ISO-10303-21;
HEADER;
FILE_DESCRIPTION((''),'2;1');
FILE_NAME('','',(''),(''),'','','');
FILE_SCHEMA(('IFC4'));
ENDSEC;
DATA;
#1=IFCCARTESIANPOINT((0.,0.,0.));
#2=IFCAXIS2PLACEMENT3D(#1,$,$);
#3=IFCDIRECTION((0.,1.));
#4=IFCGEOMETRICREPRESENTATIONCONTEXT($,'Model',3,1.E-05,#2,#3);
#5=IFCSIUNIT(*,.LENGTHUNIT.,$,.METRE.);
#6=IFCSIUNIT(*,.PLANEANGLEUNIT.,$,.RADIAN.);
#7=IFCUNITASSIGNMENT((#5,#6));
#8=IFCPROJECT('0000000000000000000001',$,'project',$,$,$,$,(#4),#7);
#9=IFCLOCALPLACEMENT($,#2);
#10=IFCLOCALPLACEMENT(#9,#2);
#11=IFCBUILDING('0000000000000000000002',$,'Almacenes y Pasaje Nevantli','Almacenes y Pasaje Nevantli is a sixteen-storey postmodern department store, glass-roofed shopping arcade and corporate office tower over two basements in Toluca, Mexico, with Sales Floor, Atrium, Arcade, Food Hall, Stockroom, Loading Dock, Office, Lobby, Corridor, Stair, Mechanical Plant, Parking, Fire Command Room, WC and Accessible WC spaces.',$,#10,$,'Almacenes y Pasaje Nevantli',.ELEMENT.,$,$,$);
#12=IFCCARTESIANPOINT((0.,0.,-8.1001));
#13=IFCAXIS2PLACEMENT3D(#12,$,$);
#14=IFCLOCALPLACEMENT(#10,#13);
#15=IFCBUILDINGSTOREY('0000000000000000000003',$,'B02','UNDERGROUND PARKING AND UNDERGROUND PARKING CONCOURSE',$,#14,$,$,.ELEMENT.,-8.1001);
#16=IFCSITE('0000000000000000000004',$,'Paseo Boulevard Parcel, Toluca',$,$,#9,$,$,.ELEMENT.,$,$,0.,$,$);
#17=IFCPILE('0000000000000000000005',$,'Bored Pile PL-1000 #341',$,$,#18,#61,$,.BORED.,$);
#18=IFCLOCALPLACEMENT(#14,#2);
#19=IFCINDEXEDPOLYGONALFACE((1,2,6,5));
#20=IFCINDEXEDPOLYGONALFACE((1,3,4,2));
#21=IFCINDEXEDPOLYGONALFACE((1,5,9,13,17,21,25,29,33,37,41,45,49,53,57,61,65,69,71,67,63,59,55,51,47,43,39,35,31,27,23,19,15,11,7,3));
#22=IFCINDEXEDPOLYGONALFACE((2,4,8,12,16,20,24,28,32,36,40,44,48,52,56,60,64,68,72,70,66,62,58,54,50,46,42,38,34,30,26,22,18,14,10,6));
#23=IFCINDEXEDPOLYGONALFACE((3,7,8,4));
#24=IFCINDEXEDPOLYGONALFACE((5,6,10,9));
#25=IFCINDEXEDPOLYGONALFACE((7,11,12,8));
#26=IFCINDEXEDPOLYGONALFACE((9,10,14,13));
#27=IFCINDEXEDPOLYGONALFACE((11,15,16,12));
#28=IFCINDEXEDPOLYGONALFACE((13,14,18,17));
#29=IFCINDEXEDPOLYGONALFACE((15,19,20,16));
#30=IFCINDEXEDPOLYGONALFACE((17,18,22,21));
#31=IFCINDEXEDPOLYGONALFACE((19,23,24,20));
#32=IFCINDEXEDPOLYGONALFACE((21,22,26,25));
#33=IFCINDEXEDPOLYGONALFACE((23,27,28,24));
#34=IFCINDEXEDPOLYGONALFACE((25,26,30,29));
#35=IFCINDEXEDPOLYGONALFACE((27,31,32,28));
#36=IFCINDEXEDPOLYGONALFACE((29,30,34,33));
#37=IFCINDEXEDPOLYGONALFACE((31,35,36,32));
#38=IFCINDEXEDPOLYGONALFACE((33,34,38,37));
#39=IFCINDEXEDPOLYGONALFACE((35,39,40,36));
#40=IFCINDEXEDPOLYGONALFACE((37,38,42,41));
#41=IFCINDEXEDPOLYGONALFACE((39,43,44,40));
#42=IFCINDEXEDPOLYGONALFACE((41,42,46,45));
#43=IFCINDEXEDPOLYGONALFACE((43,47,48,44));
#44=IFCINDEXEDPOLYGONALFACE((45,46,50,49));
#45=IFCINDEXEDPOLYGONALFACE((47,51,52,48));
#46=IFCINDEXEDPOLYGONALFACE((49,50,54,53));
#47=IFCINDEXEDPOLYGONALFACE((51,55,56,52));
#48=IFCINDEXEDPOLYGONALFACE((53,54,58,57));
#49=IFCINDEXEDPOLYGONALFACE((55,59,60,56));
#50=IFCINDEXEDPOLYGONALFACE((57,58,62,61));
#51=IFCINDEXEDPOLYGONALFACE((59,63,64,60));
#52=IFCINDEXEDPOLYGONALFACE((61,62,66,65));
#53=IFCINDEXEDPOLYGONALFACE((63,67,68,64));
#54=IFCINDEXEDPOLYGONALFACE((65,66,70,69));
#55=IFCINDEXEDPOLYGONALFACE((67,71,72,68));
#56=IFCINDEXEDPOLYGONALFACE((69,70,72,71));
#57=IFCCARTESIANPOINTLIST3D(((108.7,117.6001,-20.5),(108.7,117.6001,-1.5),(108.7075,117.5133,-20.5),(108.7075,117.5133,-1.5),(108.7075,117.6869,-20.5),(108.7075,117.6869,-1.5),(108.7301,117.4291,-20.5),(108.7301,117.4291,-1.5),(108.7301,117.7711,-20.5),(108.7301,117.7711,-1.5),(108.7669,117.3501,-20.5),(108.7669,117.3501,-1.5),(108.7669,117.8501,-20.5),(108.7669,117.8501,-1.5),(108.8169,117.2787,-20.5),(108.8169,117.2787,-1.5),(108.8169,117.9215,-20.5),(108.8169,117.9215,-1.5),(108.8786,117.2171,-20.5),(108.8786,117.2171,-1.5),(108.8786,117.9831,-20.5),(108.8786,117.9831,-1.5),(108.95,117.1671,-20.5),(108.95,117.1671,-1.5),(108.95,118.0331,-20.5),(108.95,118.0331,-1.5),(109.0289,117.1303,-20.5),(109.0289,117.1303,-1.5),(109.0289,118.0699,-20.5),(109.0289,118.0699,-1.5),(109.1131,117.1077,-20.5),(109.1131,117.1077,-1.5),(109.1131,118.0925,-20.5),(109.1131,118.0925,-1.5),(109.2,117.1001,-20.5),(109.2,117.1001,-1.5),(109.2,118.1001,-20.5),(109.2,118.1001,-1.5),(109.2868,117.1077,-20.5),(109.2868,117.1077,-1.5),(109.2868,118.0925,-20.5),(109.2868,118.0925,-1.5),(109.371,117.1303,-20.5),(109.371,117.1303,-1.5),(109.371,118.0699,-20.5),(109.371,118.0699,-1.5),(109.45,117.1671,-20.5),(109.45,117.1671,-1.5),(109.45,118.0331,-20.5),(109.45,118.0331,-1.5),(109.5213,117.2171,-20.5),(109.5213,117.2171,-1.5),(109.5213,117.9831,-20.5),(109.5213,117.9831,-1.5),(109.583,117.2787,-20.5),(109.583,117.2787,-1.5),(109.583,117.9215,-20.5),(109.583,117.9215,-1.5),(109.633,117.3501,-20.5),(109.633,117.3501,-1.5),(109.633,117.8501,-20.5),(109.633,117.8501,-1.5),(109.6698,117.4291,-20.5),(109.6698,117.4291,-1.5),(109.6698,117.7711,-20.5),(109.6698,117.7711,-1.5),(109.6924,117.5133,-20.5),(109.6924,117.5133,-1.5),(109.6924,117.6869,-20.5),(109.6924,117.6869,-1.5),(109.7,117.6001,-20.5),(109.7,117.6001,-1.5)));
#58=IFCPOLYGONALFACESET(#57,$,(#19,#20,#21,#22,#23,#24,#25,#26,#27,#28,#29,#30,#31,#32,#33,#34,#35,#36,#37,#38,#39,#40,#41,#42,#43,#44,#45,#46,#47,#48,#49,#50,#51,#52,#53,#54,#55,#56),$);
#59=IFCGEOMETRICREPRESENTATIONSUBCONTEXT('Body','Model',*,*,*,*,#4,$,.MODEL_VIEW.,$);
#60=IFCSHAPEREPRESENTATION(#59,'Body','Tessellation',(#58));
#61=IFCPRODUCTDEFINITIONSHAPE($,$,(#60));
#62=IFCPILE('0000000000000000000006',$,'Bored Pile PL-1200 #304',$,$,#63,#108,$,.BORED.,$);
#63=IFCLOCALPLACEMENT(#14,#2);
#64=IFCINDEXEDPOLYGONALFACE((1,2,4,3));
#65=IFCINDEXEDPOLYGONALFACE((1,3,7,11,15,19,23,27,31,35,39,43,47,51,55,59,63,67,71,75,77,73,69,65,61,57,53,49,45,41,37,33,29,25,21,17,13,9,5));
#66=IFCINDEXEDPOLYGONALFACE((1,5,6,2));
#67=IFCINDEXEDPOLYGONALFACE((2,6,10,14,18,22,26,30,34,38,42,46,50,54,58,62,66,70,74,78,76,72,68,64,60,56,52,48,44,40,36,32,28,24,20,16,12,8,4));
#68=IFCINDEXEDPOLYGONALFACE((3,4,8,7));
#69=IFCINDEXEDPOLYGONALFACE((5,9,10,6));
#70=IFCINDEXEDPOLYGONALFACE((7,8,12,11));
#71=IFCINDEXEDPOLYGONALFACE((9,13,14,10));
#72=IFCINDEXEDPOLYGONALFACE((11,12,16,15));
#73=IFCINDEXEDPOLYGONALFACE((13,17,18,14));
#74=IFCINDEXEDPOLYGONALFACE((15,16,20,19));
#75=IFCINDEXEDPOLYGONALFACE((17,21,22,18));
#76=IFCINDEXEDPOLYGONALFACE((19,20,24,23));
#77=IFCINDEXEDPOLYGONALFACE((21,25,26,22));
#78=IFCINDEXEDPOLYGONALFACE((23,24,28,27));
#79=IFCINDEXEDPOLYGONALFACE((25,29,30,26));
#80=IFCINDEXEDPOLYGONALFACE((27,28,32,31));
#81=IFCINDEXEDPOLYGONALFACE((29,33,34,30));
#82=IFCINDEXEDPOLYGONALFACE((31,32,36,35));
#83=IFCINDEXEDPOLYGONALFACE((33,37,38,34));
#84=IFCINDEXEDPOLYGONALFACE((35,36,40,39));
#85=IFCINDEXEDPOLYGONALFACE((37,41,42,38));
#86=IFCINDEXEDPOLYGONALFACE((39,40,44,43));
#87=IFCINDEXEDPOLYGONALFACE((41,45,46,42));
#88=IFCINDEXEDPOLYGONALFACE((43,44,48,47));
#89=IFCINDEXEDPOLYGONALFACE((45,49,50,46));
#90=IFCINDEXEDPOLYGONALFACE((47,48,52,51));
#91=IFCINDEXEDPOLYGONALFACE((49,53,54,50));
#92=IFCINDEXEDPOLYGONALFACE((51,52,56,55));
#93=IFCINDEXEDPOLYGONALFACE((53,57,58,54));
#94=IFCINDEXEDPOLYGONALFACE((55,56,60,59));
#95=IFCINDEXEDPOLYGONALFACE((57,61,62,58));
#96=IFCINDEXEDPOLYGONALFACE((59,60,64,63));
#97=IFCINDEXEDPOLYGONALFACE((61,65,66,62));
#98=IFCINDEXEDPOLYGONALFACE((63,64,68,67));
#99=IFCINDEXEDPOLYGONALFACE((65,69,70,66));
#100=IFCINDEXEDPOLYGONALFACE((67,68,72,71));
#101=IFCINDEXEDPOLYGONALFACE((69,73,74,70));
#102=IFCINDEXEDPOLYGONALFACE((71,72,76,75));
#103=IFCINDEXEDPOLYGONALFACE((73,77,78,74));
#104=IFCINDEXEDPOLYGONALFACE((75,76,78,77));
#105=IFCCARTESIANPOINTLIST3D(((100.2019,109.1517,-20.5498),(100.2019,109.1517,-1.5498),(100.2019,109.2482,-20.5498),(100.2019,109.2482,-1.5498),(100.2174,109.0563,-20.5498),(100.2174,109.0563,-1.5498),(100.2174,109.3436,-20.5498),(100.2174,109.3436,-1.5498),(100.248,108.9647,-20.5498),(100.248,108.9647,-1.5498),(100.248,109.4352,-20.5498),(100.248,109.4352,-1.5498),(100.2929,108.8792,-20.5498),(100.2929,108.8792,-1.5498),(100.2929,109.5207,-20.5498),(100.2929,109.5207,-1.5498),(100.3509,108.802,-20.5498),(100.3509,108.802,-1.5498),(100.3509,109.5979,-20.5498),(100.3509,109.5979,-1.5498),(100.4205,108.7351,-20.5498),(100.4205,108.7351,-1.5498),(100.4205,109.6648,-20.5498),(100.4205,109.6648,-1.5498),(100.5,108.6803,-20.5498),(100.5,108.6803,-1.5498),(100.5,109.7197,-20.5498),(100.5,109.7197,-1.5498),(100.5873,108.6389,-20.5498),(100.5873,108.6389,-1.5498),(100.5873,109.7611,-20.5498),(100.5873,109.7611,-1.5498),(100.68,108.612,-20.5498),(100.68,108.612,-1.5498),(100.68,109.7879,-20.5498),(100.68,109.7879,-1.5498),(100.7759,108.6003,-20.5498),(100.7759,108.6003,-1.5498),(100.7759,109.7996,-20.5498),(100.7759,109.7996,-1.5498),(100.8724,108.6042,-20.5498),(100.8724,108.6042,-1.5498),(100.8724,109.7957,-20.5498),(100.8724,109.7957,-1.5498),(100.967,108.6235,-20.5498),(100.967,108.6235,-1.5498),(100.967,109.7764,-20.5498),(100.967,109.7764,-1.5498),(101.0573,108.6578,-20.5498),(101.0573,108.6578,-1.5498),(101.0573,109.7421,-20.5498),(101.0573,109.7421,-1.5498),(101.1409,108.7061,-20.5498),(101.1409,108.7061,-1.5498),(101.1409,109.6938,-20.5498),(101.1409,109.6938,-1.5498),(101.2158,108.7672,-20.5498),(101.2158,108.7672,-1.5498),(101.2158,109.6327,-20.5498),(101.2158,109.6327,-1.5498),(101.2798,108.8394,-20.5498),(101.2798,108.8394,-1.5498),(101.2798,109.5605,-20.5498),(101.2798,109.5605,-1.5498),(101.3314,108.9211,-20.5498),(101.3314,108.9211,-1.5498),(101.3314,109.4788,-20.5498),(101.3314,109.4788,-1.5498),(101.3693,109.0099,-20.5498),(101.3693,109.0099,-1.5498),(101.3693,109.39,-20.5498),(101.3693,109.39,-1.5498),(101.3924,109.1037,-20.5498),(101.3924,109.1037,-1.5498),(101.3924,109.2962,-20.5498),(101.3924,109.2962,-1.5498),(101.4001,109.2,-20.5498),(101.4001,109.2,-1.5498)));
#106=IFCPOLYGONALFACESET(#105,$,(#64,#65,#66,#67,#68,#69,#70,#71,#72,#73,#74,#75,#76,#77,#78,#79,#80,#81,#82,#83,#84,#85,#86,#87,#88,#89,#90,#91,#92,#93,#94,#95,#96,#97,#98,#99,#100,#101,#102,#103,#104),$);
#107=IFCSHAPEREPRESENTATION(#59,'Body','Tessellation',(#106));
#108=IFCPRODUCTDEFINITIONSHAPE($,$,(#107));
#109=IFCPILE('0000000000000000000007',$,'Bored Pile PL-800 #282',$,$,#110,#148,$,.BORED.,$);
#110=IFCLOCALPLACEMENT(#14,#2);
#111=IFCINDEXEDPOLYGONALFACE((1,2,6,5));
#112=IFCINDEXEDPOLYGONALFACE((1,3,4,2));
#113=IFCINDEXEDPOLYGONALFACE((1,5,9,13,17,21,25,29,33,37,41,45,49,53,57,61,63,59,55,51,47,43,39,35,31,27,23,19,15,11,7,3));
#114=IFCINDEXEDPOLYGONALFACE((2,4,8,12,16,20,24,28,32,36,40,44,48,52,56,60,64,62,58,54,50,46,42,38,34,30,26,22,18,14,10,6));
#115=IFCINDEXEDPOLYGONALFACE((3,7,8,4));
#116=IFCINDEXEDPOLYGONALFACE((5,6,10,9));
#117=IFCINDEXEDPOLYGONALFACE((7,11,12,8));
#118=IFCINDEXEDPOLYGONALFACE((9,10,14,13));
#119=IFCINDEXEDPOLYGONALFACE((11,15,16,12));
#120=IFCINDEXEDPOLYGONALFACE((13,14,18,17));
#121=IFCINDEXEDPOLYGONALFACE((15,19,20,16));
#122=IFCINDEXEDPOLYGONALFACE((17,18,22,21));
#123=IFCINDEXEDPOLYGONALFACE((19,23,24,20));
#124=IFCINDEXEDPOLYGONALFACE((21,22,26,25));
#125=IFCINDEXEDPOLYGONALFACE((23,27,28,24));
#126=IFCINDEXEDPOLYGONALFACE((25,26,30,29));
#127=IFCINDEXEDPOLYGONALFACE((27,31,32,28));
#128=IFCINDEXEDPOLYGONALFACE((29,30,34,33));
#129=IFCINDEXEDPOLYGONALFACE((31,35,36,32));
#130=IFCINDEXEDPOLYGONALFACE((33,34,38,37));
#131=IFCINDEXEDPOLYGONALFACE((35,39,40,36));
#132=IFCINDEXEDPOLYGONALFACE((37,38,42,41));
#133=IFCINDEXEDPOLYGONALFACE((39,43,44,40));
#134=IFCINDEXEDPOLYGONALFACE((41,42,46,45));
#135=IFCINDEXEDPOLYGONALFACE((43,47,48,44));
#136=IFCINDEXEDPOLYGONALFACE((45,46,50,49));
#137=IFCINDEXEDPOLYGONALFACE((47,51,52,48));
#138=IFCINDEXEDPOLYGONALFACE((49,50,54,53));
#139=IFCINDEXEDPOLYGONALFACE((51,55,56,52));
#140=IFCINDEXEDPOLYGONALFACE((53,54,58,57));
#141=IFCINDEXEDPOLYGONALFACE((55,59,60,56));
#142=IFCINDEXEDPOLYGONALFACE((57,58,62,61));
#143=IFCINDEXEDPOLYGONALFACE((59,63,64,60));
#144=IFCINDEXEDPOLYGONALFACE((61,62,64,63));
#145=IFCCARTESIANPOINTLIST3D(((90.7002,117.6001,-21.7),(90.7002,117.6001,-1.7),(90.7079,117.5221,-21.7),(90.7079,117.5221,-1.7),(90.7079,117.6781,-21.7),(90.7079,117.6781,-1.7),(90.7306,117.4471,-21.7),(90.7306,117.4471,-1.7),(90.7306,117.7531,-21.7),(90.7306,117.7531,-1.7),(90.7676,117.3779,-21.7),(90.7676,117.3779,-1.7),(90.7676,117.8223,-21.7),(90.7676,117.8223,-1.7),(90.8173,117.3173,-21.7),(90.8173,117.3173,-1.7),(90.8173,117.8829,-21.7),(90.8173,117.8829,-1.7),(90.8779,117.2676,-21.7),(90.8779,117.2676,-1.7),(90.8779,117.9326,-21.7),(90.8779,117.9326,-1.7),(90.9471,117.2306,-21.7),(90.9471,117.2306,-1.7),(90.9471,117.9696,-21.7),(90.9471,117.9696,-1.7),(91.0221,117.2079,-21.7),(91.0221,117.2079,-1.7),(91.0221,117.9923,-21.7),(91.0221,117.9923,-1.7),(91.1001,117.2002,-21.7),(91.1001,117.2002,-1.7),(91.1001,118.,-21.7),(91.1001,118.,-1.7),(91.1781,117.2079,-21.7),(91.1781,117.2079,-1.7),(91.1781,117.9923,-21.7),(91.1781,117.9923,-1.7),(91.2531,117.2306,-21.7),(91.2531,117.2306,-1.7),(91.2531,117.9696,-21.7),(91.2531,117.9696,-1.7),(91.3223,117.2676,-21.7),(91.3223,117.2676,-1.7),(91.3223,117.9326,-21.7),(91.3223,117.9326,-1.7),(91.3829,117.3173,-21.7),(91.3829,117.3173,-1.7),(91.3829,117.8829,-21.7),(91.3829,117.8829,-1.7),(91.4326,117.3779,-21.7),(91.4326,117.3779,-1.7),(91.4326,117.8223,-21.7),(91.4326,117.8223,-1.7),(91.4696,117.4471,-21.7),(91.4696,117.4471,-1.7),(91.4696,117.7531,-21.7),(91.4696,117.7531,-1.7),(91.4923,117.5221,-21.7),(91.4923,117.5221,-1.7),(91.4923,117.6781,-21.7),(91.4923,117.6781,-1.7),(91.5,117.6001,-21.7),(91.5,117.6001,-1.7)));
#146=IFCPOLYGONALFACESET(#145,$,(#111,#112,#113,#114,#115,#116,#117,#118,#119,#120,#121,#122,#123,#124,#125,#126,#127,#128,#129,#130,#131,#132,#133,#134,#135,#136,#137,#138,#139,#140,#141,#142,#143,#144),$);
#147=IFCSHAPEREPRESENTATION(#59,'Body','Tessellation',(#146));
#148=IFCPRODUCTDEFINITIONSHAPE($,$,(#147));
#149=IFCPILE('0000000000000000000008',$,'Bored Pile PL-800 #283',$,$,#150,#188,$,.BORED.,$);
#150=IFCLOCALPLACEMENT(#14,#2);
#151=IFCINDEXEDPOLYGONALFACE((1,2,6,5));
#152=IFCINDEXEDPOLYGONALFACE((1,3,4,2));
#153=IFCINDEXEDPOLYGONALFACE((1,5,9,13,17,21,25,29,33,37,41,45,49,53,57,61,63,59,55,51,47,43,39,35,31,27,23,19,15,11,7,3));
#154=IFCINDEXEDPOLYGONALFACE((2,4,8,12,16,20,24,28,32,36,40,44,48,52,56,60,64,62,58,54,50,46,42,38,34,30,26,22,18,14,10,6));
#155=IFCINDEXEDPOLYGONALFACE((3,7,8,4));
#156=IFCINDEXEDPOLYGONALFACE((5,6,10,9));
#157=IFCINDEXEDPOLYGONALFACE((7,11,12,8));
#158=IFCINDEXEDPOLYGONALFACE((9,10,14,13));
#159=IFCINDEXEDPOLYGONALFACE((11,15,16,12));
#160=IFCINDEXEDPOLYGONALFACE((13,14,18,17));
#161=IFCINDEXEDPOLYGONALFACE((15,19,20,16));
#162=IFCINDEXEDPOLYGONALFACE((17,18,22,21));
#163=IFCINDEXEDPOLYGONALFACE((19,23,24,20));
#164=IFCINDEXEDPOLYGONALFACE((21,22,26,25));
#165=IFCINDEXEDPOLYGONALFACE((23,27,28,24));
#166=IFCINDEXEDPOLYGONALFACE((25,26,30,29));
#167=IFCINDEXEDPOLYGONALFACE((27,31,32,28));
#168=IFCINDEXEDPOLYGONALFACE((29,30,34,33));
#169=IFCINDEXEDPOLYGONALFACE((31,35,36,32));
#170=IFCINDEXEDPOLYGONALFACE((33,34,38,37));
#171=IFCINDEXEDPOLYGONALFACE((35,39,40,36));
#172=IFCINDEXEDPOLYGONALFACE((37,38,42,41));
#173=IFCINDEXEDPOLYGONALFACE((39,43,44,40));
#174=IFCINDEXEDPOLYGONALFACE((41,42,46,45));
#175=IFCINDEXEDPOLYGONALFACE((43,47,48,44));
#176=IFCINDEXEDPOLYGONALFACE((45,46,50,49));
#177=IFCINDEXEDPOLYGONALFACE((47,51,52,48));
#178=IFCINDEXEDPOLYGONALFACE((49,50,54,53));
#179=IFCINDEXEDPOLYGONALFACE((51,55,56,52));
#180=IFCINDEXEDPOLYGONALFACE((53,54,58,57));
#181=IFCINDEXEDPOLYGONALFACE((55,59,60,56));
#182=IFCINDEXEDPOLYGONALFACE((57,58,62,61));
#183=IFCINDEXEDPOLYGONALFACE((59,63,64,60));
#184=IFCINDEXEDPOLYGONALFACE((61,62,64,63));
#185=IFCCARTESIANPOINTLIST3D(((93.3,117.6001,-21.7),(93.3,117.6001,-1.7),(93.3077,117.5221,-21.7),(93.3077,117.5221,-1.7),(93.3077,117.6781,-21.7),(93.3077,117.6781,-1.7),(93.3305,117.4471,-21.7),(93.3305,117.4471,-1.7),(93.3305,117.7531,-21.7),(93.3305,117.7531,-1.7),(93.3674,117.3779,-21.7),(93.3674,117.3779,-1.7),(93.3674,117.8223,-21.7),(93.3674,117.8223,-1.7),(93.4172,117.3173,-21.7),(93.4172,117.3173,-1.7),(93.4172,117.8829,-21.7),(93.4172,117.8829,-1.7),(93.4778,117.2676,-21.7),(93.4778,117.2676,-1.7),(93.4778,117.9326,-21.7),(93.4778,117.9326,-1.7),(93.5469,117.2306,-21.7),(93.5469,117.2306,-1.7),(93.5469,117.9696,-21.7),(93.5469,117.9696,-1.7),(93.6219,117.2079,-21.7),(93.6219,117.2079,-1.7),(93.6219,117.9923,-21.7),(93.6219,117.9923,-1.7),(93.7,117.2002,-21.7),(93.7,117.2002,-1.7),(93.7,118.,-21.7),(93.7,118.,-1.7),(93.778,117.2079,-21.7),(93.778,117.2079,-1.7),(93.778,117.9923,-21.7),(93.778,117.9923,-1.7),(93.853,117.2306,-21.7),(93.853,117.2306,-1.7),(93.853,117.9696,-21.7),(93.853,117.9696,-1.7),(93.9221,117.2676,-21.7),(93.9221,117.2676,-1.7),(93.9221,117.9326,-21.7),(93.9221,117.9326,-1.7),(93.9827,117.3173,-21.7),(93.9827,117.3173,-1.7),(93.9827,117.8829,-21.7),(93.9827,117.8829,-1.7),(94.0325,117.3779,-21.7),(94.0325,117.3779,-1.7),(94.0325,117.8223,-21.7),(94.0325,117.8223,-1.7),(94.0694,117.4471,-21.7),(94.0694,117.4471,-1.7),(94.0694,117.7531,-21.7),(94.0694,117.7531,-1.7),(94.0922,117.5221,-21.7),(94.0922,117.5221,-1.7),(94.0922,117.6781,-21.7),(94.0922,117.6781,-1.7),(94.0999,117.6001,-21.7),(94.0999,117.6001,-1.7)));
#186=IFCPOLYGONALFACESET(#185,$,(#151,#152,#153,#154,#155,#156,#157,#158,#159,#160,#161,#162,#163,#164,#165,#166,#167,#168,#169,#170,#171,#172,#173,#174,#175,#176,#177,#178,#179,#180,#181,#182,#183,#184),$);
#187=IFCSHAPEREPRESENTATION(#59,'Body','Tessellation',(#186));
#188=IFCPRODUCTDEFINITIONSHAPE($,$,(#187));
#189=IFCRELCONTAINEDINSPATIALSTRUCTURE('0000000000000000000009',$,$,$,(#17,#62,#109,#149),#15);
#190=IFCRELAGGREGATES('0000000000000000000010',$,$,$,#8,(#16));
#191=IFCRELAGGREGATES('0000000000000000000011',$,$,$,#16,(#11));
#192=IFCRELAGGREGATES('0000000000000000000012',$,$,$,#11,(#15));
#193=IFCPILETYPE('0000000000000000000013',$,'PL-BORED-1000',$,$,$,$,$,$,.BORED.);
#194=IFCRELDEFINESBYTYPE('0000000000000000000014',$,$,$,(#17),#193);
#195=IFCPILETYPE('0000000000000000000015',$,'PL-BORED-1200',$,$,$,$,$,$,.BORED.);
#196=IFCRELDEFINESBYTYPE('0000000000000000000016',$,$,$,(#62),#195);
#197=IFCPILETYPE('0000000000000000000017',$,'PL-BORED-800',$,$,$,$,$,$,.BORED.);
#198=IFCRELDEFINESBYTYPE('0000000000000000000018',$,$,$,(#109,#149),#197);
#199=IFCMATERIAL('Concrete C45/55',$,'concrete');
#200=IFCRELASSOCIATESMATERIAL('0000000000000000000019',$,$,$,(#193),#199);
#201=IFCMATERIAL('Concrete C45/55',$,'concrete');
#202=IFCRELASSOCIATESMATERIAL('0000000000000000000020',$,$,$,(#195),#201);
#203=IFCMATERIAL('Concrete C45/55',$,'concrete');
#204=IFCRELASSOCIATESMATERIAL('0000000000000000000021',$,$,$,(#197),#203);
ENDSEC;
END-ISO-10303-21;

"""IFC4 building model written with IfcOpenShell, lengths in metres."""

from ifc_helpers import new_model, si_unit, direction, frame, origin, origin_2d, place, context, subcontext, project, spatial, circle, extrude, material, material_profile, profile_set, type_object, element, save


model = new_model("IFC4")

# Units and contexts
model_context = context("Model", 3, precision=1e-05, world=origin(), true_north=direction((0.0, 1.0)))
body_context = subcontext(model_context, "Body", "Model", "MODEL_VIEW")
ifc_project = project(units=[si_unit("LENGTHUNIT", "METRE"), si_unit("PLANEANGLEUNIT", "RADIAN")], contexts=[model_context])

# Site, building, storey
site_placement = place(None, origin())
site = spatial("IfcSite", under=ifc_project, at=site_placement, Name="Paseo Boulevard Parcel, Toluca", CompositionType="ELEMENT", RefElevation=0.0)
building_placement = place(site_placement, origin())
building = spatial("IfcBuilding", under=site, at=building_placement, Name="Almacenes y Pasaje Nevantli", Description="Almacenes y Pasaje Nevantli is a sixteen-storey postmodern department store, glass-roofed shopping arcade and corporate office tower over two basements in Toluca, Mexico, with Sales Floor, Atrium, Arcade, Food Hall, Stockroom, Loading Dock, Office, Lobby, Corridor, Stair, Mechanical Plant, Parking, Fire Command Room, WC and Accessible WC spaces.", LongName="Almacenes y Pasaje Nevantli", CompositionType="ELEMENT")
storey_placement = place(building_placement, frame((0.0, 0.0, -8.1001)))
storey = spatial("IfcBuildingStorey", under=building, at=storey_placement, Name="B02", Description="UNDERGROUND PARKING AND UNDERGROUND PARKING CONCOURSE", CompositionType="ELEMENT", Elevation=-8.1001)

# Piles
ifc_material_1 = material(Name="Concrete C45/55", Category="concrete")
ifc_material_profile_1 = material_profile(ifc_material_1, circle(Radius=0.5, at=origin_2d()), Name="RC-PILE-D1000")
ifc_profile_set_1 = profile_set([ifc_material_profile_1], Name="Concrete C45/55")
pile_type_1 = type_object("IfcPileType", Name="PL-BORED-1000", PredefinedType="BORED", material=ifc_profile_set_1)
pile_1_placement = place(storey_placement, frame((109.2, 117.6001, -1.5), z_axis=(0.0, 0.0, -1.0), x_axis=(1.0, 0.0, 0.0)))
element("IfcPile", 1, at=pile_1_placement, inside=storey, type_object=pile_type_1, Name="Bored Pile PL-1000 #341", PredefinedType="BORED", context=body_context, shape_type="SweptSolid", body=[
    extrude(circle(Radius=0.5, at=origin_2d()), origin(), (0.0, 0.0, 1.0), 19.0),
])
ifc_material_2 = material(Name="Concrete C45/55", Category="concrete")
ifc_material_profile_2 = material_profile(ifc_material_2, circle(Radius=0.6001, at=origin_2d()), Name="RC-PILE-D1200")
ifc_profile_set_2 = profile_set([ifc_material_profile_2], Name="Concrete C45/55")
pile_type_2 = type_object("IfcPileType", Name="PL-BORED-1200", PredefinedType="BORED", material=ifc_profile_set_2)
pile_2_placement = place(storey_placement, frame((100.8, 109.2, -1.5498), z_axis=(0.0, 0.0, -1.0), x_axis=(1.0, 0.0, 0.0)))
element("IfcPile", 2, at=pile_2_placement, inside=storey, type_object=pile_type_2, Name="Bored Pile PL-1200 #304", PredefinedType="BORED", context=body_context, shape_type="SweptSolid", body=[
    extrude(circle(Radius=0.6001, at=origin_2d()), origin(), (0.0, 0.0, 1.0), 19.0),
])
ifc_material_3 = material(Name="Concrete C45/55", Category="concrete")
ifc_material_profile_3 = material_profile(ifc_material_3, circle(Radius=0.3999, at=origin_2d()), Name="RC-PILE-D800")
ifc_profile_set_3 = profile_set([ifc_material_profile_3], Name="Concrete C45/55")
pile_type_3 = type_object("IfcPileType", Name="PL-BORED-800", PredefinedType="BORED", material=ifc_profile_set_3)
for number, where, z_axis, x_axis, name in (
    (3, (91.1001, 117.6001, -1.7), (0.0, 0.0, -1.0), (1.0, 0.0, 0.0), "Bored Pile PL-800 #282"),
    (4, (93.7, 117.6001, -1.7), (0.0, 0.0, -1.0), (1.0, 0.0, 0.0), "Bored Pile PL-800 #283"),
):
    element("IfcPile", number, at=place(storey_placement, frame(where, z_axis=z_axis, x_axis=x_axis)), inside=storey, type_object=pile_type_3, Name=name, PredefinedType="BORED", context=body_context, shape_type="SweptSolid", body=[
        extrude(circle(Radius=0.3999, at=origin_2d()), origin(), (0.0, 0.0, 1.0), 20.0),
    ])

save(model, "model.ifc")
